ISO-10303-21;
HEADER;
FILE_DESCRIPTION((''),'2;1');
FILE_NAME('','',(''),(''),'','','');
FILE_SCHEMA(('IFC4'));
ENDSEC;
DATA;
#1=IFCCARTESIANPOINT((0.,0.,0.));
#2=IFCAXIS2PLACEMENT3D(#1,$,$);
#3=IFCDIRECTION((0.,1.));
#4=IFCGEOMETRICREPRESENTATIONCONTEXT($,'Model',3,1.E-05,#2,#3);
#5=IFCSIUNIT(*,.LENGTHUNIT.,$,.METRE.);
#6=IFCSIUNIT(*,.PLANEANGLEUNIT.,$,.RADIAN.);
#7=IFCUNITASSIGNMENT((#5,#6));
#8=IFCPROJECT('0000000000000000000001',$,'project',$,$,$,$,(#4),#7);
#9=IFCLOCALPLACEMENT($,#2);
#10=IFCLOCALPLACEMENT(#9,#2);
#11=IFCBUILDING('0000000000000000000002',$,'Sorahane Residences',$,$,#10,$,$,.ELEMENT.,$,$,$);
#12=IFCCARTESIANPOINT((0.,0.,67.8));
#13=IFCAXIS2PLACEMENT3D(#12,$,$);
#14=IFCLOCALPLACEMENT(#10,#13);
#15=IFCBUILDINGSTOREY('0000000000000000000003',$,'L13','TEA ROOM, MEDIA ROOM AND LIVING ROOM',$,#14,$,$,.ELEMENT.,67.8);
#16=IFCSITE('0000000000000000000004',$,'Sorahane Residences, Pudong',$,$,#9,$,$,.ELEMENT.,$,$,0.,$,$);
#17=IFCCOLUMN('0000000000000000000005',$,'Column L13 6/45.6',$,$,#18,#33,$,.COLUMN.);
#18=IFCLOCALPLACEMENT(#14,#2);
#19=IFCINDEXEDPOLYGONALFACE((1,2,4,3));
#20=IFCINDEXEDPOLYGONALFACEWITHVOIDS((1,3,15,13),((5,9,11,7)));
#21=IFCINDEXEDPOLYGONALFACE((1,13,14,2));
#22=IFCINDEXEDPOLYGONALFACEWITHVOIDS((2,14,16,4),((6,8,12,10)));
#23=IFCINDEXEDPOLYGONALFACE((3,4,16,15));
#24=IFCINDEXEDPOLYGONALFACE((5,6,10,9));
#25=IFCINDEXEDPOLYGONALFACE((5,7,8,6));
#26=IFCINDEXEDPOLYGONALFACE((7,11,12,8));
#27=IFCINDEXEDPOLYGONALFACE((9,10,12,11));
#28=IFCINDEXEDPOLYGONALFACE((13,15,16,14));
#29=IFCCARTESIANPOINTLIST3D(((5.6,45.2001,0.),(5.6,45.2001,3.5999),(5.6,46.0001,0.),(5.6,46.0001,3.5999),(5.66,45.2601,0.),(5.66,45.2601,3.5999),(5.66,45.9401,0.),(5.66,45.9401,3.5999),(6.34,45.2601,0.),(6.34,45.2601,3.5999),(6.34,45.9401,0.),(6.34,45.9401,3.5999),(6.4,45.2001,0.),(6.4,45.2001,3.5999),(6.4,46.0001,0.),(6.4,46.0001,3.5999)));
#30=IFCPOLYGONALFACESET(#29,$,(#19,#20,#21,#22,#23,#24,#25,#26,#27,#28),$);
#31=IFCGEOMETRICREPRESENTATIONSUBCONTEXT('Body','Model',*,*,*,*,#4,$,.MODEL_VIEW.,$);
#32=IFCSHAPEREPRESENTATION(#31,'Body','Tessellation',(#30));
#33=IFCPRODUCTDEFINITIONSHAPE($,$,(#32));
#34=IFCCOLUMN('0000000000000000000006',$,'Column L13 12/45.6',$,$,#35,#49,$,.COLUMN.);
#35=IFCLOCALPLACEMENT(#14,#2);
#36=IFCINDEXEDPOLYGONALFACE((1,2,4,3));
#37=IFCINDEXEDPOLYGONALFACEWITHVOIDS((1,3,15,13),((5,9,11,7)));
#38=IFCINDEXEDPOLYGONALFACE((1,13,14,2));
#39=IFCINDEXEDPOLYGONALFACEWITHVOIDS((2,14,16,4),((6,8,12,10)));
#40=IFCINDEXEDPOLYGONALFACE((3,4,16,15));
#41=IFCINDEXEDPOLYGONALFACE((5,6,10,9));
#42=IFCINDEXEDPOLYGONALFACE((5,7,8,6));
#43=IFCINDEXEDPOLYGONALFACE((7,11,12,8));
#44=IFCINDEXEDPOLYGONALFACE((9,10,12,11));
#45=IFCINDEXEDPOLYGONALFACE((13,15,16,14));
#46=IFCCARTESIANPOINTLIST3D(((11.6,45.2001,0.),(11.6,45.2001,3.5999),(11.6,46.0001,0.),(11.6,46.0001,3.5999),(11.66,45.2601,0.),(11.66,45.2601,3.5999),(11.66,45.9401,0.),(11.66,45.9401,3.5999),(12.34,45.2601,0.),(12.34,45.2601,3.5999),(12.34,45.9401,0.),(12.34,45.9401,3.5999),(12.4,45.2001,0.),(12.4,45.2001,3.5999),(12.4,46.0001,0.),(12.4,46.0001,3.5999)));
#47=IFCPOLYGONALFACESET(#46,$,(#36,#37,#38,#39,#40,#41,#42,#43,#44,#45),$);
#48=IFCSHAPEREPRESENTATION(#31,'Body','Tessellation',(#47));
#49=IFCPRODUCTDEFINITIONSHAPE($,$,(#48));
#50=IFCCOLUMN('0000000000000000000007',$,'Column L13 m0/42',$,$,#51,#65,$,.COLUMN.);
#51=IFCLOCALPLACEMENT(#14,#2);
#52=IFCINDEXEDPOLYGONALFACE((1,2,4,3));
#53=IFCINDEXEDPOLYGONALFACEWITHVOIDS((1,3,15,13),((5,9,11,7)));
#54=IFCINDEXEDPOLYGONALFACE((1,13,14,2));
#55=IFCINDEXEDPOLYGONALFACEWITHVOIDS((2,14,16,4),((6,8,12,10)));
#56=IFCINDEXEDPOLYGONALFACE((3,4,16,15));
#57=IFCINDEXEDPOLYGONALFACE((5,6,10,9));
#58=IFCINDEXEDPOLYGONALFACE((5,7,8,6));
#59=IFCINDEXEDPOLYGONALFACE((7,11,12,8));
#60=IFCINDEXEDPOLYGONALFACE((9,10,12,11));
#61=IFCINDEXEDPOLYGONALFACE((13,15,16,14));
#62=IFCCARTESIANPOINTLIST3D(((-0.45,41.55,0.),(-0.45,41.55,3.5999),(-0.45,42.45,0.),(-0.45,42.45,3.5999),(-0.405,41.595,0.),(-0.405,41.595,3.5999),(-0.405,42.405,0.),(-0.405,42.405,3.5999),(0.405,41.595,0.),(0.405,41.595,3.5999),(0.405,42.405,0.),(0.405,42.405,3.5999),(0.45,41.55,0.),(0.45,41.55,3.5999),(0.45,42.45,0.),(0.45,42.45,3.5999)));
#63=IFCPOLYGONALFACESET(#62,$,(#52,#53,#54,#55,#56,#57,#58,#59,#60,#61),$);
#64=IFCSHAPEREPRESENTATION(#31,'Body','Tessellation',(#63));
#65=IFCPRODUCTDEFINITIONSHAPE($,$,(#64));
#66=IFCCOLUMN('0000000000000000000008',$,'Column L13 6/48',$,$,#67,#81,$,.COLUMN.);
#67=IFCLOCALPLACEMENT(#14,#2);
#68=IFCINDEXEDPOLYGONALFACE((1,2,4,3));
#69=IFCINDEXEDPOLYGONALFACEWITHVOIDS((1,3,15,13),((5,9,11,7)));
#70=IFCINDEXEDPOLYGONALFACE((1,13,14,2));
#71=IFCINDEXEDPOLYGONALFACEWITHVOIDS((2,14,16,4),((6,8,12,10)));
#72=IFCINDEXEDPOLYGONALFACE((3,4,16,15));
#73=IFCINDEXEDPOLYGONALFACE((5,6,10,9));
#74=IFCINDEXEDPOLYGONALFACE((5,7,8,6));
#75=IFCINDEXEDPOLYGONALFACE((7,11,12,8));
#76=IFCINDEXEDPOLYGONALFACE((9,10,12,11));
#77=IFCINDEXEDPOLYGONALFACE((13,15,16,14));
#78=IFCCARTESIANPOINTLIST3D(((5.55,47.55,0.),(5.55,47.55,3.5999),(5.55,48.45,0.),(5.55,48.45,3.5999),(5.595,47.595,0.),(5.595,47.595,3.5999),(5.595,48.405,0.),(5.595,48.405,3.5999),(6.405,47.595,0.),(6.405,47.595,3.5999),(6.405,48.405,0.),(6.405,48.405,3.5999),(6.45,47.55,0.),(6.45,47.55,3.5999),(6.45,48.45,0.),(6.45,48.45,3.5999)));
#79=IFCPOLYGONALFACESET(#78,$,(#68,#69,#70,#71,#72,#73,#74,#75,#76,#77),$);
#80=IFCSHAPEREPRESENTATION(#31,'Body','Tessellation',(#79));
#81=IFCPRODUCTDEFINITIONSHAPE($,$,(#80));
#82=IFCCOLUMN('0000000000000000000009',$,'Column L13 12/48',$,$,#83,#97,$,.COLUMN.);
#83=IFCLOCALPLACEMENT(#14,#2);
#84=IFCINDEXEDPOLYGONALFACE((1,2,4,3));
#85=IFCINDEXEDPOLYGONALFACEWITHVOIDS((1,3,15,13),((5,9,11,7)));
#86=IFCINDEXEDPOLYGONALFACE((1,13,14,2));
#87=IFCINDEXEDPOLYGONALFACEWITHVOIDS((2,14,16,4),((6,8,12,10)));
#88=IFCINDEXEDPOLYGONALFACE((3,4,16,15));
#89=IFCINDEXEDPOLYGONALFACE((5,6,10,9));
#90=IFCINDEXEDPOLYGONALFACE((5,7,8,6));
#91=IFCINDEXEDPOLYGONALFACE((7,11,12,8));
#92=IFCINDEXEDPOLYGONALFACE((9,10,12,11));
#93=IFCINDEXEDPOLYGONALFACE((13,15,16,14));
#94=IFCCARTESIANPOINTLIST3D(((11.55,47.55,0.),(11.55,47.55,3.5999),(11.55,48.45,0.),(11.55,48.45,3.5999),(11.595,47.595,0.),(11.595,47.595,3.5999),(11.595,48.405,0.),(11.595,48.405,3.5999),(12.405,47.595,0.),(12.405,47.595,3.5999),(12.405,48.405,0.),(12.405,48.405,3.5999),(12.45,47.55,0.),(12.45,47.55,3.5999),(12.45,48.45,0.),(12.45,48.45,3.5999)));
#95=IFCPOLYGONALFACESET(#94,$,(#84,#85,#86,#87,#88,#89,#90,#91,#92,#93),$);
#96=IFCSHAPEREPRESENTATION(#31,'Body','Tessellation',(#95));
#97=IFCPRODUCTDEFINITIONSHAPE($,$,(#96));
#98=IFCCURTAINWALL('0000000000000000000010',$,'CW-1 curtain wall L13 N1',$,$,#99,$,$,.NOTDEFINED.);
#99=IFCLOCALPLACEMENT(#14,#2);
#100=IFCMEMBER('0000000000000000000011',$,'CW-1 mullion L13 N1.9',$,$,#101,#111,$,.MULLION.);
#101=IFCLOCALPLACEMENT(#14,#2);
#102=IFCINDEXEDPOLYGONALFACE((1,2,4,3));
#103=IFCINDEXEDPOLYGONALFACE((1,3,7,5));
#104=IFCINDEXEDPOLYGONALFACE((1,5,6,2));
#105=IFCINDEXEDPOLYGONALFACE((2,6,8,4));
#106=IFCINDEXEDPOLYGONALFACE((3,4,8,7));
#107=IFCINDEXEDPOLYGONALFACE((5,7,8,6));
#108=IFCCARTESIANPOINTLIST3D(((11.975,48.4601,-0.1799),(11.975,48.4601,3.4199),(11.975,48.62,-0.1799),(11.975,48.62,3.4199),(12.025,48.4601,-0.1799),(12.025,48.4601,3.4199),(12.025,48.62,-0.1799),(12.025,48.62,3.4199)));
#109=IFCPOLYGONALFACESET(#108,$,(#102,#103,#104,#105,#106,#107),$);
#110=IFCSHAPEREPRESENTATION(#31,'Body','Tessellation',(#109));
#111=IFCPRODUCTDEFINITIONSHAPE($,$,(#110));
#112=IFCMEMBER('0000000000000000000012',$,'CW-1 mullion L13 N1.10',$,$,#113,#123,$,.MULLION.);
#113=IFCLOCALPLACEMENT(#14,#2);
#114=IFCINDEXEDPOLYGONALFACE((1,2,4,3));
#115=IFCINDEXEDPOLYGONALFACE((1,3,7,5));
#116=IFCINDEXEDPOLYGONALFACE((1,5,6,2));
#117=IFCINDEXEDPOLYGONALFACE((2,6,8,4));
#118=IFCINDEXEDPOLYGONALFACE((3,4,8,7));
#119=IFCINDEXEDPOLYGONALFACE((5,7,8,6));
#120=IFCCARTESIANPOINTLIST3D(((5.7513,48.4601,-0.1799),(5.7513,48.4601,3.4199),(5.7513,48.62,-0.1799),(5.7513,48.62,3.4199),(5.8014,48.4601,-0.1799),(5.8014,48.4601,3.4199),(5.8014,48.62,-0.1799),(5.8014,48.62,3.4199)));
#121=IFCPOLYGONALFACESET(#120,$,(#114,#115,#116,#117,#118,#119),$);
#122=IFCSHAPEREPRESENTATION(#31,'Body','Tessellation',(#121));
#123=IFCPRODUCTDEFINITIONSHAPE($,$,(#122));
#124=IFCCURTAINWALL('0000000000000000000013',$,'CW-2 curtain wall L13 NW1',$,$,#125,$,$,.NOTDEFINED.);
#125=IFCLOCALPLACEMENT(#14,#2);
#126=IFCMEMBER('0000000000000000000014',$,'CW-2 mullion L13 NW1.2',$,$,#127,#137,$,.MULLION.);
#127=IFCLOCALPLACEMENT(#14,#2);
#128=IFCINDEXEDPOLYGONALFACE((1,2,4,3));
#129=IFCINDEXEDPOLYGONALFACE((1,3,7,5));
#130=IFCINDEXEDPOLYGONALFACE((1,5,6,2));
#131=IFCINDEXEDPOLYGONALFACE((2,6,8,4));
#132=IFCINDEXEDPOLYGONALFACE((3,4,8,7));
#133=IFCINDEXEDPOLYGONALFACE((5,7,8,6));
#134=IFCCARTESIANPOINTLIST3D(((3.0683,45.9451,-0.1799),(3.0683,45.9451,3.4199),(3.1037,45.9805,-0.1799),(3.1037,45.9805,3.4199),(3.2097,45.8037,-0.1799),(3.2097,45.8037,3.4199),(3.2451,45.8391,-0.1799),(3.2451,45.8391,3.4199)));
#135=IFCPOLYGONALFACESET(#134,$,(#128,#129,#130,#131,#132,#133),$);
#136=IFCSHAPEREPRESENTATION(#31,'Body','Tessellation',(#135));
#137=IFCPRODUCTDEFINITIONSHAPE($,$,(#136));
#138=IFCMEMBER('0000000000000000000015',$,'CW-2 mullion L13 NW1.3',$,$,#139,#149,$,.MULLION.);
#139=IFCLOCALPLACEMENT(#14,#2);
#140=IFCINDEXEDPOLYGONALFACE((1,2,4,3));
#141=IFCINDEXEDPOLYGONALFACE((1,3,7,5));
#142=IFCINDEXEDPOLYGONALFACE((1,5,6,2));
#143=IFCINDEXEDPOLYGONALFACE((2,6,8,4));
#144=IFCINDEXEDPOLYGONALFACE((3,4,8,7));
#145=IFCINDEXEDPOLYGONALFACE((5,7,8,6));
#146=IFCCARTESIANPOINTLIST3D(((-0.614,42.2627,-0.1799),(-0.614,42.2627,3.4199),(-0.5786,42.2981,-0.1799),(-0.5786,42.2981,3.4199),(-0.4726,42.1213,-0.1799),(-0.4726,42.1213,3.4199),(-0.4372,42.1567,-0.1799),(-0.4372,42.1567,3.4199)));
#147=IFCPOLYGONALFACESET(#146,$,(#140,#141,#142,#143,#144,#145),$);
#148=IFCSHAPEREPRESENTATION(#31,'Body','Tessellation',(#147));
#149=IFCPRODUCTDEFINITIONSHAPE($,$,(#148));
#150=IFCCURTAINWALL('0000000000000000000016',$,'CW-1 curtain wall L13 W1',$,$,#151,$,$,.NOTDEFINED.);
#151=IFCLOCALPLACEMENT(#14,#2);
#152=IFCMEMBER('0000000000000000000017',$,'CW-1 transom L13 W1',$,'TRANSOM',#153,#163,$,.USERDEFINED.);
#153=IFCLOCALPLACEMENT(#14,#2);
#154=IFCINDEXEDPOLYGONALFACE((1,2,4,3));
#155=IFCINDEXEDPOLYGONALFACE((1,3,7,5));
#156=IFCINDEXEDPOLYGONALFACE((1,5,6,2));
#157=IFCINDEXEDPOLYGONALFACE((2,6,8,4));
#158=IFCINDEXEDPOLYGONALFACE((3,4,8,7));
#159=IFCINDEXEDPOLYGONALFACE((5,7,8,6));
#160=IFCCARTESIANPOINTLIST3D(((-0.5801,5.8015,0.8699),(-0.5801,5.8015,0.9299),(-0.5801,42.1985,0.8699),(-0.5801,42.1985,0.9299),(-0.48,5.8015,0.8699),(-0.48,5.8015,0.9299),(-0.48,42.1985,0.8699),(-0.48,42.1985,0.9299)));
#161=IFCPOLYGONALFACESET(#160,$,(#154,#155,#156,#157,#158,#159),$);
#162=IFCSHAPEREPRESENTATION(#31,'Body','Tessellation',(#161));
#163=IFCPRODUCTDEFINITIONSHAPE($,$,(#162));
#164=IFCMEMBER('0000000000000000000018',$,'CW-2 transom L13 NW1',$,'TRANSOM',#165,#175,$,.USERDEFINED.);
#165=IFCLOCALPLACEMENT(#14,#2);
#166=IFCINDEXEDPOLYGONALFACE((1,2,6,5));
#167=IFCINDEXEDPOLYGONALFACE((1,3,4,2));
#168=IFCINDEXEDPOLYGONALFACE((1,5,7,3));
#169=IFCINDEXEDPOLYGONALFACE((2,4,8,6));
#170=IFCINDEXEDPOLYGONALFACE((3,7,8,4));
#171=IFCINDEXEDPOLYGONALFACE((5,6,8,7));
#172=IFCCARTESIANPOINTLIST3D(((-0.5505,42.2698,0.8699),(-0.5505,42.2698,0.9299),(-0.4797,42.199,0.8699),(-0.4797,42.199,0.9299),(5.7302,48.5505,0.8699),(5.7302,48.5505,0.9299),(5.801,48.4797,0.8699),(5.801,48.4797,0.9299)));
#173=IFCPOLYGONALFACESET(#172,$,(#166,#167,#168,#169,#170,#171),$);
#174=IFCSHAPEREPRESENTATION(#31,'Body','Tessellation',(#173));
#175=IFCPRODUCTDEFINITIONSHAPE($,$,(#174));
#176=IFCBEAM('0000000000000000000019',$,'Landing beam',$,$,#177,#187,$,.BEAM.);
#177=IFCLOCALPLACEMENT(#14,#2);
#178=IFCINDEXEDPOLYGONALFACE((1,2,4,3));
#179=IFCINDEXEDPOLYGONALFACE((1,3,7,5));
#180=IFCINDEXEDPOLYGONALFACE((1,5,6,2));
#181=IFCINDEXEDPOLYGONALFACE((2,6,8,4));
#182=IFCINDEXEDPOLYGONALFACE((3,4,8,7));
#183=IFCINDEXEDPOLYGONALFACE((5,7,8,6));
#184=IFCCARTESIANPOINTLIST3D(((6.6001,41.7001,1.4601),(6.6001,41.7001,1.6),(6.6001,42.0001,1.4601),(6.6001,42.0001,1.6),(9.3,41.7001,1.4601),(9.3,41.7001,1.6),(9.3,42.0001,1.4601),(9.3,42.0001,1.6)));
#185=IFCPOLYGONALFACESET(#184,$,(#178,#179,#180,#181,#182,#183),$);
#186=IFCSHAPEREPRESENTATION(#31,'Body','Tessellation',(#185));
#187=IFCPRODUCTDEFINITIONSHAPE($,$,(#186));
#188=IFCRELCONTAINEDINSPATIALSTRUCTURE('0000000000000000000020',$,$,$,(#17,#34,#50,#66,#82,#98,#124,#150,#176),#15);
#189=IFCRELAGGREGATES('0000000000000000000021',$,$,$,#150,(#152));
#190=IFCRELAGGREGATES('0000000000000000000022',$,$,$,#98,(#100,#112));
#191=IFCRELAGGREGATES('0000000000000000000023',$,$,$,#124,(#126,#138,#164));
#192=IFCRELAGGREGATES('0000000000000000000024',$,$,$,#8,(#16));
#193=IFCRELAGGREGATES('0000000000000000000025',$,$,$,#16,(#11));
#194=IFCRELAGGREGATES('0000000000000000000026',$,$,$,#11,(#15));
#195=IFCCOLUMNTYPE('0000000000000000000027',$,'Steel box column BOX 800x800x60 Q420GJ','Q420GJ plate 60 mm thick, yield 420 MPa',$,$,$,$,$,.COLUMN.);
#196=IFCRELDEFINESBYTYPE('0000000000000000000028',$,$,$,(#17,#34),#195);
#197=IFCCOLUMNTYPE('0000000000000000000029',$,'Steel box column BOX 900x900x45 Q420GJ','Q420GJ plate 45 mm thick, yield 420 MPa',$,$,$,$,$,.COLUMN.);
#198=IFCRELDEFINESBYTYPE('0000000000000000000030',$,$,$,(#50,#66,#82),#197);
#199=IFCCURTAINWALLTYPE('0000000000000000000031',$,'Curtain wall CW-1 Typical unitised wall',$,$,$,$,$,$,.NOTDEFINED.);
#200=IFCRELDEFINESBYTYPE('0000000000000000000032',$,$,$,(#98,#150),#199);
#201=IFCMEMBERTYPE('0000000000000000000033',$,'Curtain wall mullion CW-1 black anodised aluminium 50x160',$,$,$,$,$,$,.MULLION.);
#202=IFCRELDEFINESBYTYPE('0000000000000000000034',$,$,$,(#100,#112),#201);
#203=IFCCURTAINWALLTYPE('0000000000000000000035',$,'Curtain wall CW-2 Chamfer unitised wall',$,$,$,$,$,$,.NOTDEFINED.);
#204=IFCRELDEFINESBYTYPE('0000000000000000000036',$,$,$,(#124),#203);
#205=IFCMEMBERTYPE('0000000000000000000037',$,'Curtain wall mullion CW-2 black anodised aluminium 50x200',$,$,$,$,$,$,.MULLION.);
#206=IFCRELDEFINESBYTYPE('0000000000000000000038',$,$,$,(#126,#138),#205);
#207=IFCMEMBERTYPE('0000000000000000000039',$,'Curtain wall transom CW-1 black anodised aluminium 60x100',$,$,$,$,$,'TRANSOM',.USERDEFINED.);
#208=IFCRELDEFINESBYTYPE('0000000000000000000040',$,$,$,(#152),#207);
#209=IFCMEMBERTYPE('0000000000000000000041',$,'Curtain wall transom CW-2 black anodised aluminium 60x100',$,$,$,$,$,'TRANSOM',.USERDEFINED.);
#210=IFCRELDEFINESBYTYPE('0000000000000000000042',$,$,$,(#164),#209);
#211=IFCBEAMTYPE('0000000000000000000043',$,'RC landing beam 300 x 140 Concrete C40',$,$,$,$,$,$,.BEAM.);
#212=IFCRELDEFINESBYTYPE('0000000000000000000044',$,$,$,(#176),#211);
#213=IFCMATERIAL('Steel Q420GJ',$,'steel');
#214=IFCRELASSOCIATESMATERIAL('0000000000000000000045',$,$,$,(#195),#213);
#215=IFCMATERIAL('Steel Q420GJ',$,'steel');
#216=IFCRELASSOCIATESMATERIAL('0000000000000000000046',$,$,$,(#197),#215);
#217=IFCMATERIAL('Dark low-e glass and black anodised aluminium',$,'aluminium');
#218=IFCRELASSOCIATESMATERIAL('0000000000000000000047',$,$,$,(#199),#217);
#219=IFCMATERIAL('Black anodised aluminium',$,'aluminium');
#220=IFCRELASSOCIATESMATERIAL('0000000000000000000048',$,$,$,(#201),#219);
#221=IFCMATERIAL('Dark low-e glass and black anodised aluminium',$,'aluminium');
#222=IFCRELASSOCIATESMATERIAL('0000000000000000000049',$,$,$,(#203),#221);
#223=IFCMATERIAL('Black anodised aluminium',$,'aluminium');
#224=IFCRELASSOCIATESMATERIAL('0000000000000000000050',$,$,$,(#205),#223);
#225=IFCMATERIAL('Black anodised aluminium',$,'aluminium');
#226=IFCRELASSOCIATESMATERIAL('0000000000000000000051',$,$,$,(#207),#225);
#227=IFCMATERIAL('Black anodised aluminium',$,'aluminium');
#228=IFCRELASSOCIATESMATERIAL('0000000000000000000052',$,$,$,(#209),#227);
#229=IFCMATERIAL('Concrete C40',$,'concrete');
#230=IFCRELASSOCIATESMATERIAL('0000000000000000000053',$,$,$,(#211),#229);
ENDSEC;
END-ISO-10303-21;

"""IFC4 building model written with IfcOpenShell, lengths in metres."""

from ifc_helpers import new_model, si_unit, direction, frame, origin, origin_2d, place, context, subcontext, project, spatial, rectangle, hollow_rectangle, extrude, material, material_profile, profile_set, type_object, element, aggregate, save


model = new_model("IFC4")

# Units and contexts
model_context = context("Model", 3, precision=1e-05, world=origin(), true_north=direction((0.0, 1.0)))
body_context = subcontext(model_context, "Body", "Model", "MODEL_VIEW")
ifc_project = project(units=[si_unit("LENGTHUNIT", "METRE"), si_unit("PLANEANGLEUNIT", "RADIAN")], contexts=[model_context])

# Site, building, storey
site_placement = place(None, origin())
site = spatial("IfcSite", under=ifc_project, at=site_placement, Name="Sorahane Residences, Pudong", CompositionType="ELEMENT", RefElevation=0.0)
building_placement = place(site_placement, origin())
building = spatial("IfcBuilding", under=site, at=building_placement, Name="Sorahane Residences", CompositionType="ELEMENT")
storey_placement = place(building_placement, frame((0.0, 0.0, 67.8)))
storey = spatial("IfcBuildingStorey", under=building, at=storey_placement, Name="L13", Description="TEA ROOM, MEDIA ROOM AND LIVING ROOM", CompositionType="ELEMENT", Elevation=67.8)

# Columns
ifc_material_1 = material(Name="Steel Q420GJ", Category="steel")
ifc_material_profile_1 = material_profile(ifc_material_1, hollow_rectangle(XDim=0.8, YDim=0.8, WallThickness=0.0601, at=origin_2d()), Name="BOX 800x800x60")
ifc_profile_set_1 = profile_set([ifc_material_profile_1], Name="Steel Q420GJ")
column_type_1 = type_object("IfcColumnType", Name="Steel box column BOX 800x800x60 Q420GJ", Description="Q420GJ plate 60 mm thick, yield 420 MPa", PredefinedType="COLUMN", material=ifc_profile_set_1)
for number, where, z_axis, x_axis, name in (
    (1, (6.0, 45.6001, 0.0), (0.0, 0.0, 1.0), (1.0, 0.0, 0.0), "Column L13 6/45.6"),
    (2, (12.0, 45.6001, 0.0), (0.0, 0.0, 1.0), (1.0, 0.0, 0.0), "Column L13 12/45.6"),
):
    element("IfcColumn", number, at=place(storey_placement, frame(where, z_axis=z_axis, x_axis=x_axis)), inside=storey, type_object=column_type_1, Name=name, PredefinedType="COLUMN", context=body_context, shape_type="SweptSolid", body=[
        extrude(hollow_rectangle(XDim=0.8, YDim=0.8, WallThickness=0.0601, at=origin_2d()), origin(), (0.0, 0.0, 1.0), 3.5999),
    ])
ifc_material_2 = material(Name="Steel Q420GJ", Category="steel")
ifc_material_profile_2 = material_profile(ifc_material_2, hollow_rectangle(XDim=0.8999, YDim=0.8999, WallThickness=0.0449, at=origin_2d()), Name="BOX 900x900x45")
ifc_profile_set_2 = profile_set([ifc_material_profile_2], Name="Steel Q420GJ")
column_type_2 = type_object("IfcColumnType", Name="Steel box column BOX 900x900x45 Q420GJ", Description="Q420GJ plate 45 mm thick, yield 420 MPa", PredefinedType="COLUMN", material=ifc_profile_set_2)
for number, where, z_axis, x_axis, name in (
    (3, (0.0, 42.0, 0.0), (0.0, 0.0, 1.0), (1.0, 0.0, 0.0), "Column L13 m0/42"),
    (4, (6.0, 48.0, 0.0), (0.0, 0.0, 1.0), (1.0, 0.0, 0.0), "Column L13 6/48"),
    (5, (12.0, 48.0, 0.0), (0.0, 0.0, 1.0), (1.0, 0.0, 0.0), "Column L13 12/48"),
):
    element("IfcColumn", number, at=place(storey_placement, frame(where, z_axis=z_axis, x_axis=x_axis)), inside=storey, type_object=column_type_2, Name=name, PredefinedType="COLUMN", context=body_context, shape_type="SweptSolid", body=[
        extrude(hollow_rectangle(XDim=0.8999, YDim=0.8999, WallThickness=0.0449, at=origin_2d()), origin(), (0.0, 0.0, 1.0), 3.5999),
    ])

# Curtain walls, members
ifc_material_3 = material(Name="Dark low-e glass and black anodised aluminium", Category="aluminium")
curtain_wall_type_1 = type_object("IfcCurtainWallType", Name="Curtain wall CW-1 Typical unitised wall", PredefinedType="NOTDEFINED", material=ifc_material_3)
curtain_wall_1_placement = place(storey_placement, origin())
curtain_wall_1 = element("IfcCurtainWall", 6, at=curtain_wall_1_placement, inside=storey, type_object=curtain_wall_type_1, Name="CW-1 curtain wall L13 N1", PredefinedType="NOTDEFINED")
ifc_material_4 = material(Name="Black anodised aluminium", Category="aluminium")
ifc_material_profile_3 = material_profile(ifc_material_4, rectangle(XDim=0.1599, YDim=0.05, at=origin_2d()), Name="Curtain wall mullion CW-1 black anodised aluminium 50x160")
ifc_profile_set_3 = profile_set([ifc_material_profile_3], Name="Black anodised aluminium")
member_type_1 = type_object("IfcMemberType", Name="Curtain wall mullion CW-1 black anodised aluminium 50x160", PredefinedType="MULLION", material=ifc_profile_set_3)
member_1_placement = place(storey_placement, frame((12.0, 48.54, -0.1799), z_axis=(0.0, 0.0, 1.0), x_axis=(0.0, 1.0, 0.0)))
member_1 = element("IfcMember", 7, at=member_1_placement, type_object=member_type_1, Name="CW-1 mullion L13 N1.9", PredefinedType="MULLION", context=body_context, shape_type="SweptSolid", body=[
    extrude(rectangle(XDim=0.1599, YDim=0.05, at=origin_2d()), origin(), (0.0, 0.0, 1.0), 3.5999),
])
member_2_placement = place(storey_placement, frame((5.7764, 48.54, -0.1799), z_axis=(0.0, 0.0, 1.0), x_axis=(0.0, 1.0, 0.0)))
member_2 = element("IfcMember", 8, at=member_2_placement, type_object=member_type_1, Name="CW-1 mullion L13 N1.10", PredefinedType="MULLION", context=body_context, shape_type="SweptSolid", body=[
    extrude(rectangle(XDim=0.1599, YDim=0.05, at=origin_2d()), origin(), (0.0, 0.0, 1.0), 3.5999),
])
ifc_material_5 = material(Name="Dark low-e glass and black anodised aluminium", Category="aluminium")
curtain_wall_type_2 = type_object("IfcCurtainWallType", Name="Curtain wall CW-2 Chamfer unitised wall", PredefinedType="NOTDEFINED", material=ifc_material_5)
curtain_wall_2_placement = place(storey_placement, origin())
curtain_wall_2 = element("IfcCurtainWall", 9, at=curtain_wall_2_placement, inside=storey, type_object=curtain_wall_type_2, Name="CW-2 curtain wall L13 NW1", PredefinedType="NOTDEFINED")
ifc_material_6 = material(Name="Black anodised aluminium", Category="aluminium")
ifc_material_profile_4 = material_profile(ifc_material_6, rectangle(XDim=0.2, YDim=0.05, at=origin_2d()), Name="Curtain wall mullion CW-2 black anodised aluminium 50x200")
ifc_profile_set_4 = profile_set([ifc_material_profile_4], Name="Black anodised aluminium")
member_type_2 = type_object("IfcMemberType", Name="Curtain wall mullion CW-2 black anodised aluminium 50x200", PredefinedType="MULLION", material=ifc_profile_set_4)
member_3_placement = place(storey_placement, frame((3.1567, 45.8921, -0.1799), z_axis=(0.0, 0.0, 1.0), x_axis=(-0.707107, 0.707107, 0.0)))
member_3 = element("IfcMember", 10, at=member_3_placement, type_object=member_type_2, Name="CW-2 mullion L13 NW1.2", PredefinedType="MULLION", context=body_context, shape_type="SweptSolid", body=[
    extrude(rectangle(XDim=0.2, YDim=0.05, at=origin_2d()), origin(), (0.0, 0.0, 1.0), 3.5999),
])
member_4_placement = place(storey_placement, frame((-0.5256, 42.2097, -0.1799), z_axis=(0.0, 0.0, 1.0), x_axis=(-0.707107, 0.707107, 0.0)))
member_4 = element("IfcMember", 11, at=member_4_placement, type_object=member_type_2, Name="CW-2 mullion L13 NW1.3", PredefinedType="MULLION", context=body_context, shape_type="SweptSolid", body=[
    extrude(rectangle(XDim=0.2, YDim=0.05, at=origin_2d()), origin(), (0.0, 0.0, 1.0), 3.5999),
])

# Curtain wall, member
curtain_wall_3_placement = place(storey_placement, origin())
curtain_wall_3 = element("IfcCurtainWall", 12, at=curtain_wall_3_placement, inside=storey, type_object=curtain_wall_type_1, Name="CW-1 curtain wall L13 W1", PredefinedType="NOTDEFINED")
ifc_material_7 = material(Name="Black anodised aluminium", Category="aluminium")
ifc_material_profile_5 = material_profile(ifc_material_7, rectangle(XDim=0.1001, YDim=0.0601, at=origin_2d()), Name="Curtain wall transom CW-1 black anodised aluminium 60x100")
ifc_profile_set_5 = profile_set([ifc_material_profile_5], Name="Black anodised aluminium")
member_type_3 = type_object("IfcMemberType", Name="Curtain wall transom CW-1 black anodised aluminium 60x100", ElementType="TRANSOM", PredefinedType="USERDEFINED", material=ifc_profile_set_5)
member_5_placement = place(storey_placement, frame((-0.53, 42.1985, 0.8999), z_axis=(0.0, -1.0, 0.0), x_axis=(1.0, 0.0, 0.0)))
member_5 = element("IfcMember", 13, at=member_5_placement, type_object=member_type_3, Name="CW-1 transom L13 W1", ObjectType="TRANSOM", PredefinedType="USERDEFINED", context=body_context, shape_type="SweptSolid", body=[
    extrude(rectangle(XDim=0.1001, YDim=0.0601, at=origin_2d()), origin(), (0.0, 0.0, 1.0), 36.397),
])
aggregate(curtain_wall_3, [member_5])

# Member
ifc_material_8 = material(Name="Black anodised aluminium", Category="aluminium")
ifc_material_profile_6 = material_profile(ifc_material_8, rectangle(XDim=0.1001, YDim=0.0601, at=origin_2d()), Name="Curtain wall transom CW-2 black anodised aluminium 60x100")
ifc_profile_set_6 = profile_set([ifc_material_profile_6], Name="Black anodised aluminium")
member_type_4 = type_object("IfcMemberType", Name="Curtain wall transom CW-2 black anodised aluminium 60x100", ElementType="TRANSOM", PredefinedType="USERDEFINED", material=ifc_profile_set_6)
member_6_placement = place(storey_placement, frame((5.7656, 48.5151, 0.8999), z_axis=(-0.707107, -0.707107, 0.0), x_axis=(0.707107, -0.707107, 0.0)))
member_6 = element("IfcMember", 14, at=member_6_placement, type_object=member_type_4, Name="CW-2 transom L13 NW1", ObjectType="TRANSOM", PredefinedType="USERDEFINED", context=body_context, shape_type="SweptSolid", body=[
    extrude(rectangle(XDim=0.1001, YDim=0.0601, at=origin_2d()), origin(), (0.0, 0.0, 1.0), 8.8823),
])

# Beam
ifc_material_9 = material(Name="Concrete C40", Category="concrete")
ifc_material_profile_7 = material_profile(ifc_material_9, rectangle(XDim=0.3, YDim=0.1399, at=origin_2d()), Name="300x140")
ifc_profile_set_7 = profile_set([ifc_material_profile_7], Name="Concrete C40")
beam_type_1 = type_object("IfcBeamType", Name="RC landing beam 300 x 140 Concrete C40", PredefinedType="BEAM", material=ifc_profile_set_7)
for number, where, z_axis, x_axis, name in (
    (15, (6.6001, 41.8501, 1.53), (1.0, 0.0, 0.0), (0.0, 1.0, 0.0), "Landing beam"),
):
    element("IfcBeam", number, at=place(storey_placement, frame(where, z_axis=z_axis, x_axis=x_axis)), inside=storey, type_object=beam_type_1, Name=name, PredefinedType="BEAM", context=body_context, shape_type="SweptSolid", body=[
        extrude(rectangle(XDim=0.3, YDim=0.1399, at=origin_2d()), origin(), (0.0, 0.0, 1.0), 2.7),
    ])

aggregate(curtain_wall_1, [member_1, member_2])
aggregate(curtain_wall_2, [member_3, member_4, member_6])

save(model, "model.ifc")
